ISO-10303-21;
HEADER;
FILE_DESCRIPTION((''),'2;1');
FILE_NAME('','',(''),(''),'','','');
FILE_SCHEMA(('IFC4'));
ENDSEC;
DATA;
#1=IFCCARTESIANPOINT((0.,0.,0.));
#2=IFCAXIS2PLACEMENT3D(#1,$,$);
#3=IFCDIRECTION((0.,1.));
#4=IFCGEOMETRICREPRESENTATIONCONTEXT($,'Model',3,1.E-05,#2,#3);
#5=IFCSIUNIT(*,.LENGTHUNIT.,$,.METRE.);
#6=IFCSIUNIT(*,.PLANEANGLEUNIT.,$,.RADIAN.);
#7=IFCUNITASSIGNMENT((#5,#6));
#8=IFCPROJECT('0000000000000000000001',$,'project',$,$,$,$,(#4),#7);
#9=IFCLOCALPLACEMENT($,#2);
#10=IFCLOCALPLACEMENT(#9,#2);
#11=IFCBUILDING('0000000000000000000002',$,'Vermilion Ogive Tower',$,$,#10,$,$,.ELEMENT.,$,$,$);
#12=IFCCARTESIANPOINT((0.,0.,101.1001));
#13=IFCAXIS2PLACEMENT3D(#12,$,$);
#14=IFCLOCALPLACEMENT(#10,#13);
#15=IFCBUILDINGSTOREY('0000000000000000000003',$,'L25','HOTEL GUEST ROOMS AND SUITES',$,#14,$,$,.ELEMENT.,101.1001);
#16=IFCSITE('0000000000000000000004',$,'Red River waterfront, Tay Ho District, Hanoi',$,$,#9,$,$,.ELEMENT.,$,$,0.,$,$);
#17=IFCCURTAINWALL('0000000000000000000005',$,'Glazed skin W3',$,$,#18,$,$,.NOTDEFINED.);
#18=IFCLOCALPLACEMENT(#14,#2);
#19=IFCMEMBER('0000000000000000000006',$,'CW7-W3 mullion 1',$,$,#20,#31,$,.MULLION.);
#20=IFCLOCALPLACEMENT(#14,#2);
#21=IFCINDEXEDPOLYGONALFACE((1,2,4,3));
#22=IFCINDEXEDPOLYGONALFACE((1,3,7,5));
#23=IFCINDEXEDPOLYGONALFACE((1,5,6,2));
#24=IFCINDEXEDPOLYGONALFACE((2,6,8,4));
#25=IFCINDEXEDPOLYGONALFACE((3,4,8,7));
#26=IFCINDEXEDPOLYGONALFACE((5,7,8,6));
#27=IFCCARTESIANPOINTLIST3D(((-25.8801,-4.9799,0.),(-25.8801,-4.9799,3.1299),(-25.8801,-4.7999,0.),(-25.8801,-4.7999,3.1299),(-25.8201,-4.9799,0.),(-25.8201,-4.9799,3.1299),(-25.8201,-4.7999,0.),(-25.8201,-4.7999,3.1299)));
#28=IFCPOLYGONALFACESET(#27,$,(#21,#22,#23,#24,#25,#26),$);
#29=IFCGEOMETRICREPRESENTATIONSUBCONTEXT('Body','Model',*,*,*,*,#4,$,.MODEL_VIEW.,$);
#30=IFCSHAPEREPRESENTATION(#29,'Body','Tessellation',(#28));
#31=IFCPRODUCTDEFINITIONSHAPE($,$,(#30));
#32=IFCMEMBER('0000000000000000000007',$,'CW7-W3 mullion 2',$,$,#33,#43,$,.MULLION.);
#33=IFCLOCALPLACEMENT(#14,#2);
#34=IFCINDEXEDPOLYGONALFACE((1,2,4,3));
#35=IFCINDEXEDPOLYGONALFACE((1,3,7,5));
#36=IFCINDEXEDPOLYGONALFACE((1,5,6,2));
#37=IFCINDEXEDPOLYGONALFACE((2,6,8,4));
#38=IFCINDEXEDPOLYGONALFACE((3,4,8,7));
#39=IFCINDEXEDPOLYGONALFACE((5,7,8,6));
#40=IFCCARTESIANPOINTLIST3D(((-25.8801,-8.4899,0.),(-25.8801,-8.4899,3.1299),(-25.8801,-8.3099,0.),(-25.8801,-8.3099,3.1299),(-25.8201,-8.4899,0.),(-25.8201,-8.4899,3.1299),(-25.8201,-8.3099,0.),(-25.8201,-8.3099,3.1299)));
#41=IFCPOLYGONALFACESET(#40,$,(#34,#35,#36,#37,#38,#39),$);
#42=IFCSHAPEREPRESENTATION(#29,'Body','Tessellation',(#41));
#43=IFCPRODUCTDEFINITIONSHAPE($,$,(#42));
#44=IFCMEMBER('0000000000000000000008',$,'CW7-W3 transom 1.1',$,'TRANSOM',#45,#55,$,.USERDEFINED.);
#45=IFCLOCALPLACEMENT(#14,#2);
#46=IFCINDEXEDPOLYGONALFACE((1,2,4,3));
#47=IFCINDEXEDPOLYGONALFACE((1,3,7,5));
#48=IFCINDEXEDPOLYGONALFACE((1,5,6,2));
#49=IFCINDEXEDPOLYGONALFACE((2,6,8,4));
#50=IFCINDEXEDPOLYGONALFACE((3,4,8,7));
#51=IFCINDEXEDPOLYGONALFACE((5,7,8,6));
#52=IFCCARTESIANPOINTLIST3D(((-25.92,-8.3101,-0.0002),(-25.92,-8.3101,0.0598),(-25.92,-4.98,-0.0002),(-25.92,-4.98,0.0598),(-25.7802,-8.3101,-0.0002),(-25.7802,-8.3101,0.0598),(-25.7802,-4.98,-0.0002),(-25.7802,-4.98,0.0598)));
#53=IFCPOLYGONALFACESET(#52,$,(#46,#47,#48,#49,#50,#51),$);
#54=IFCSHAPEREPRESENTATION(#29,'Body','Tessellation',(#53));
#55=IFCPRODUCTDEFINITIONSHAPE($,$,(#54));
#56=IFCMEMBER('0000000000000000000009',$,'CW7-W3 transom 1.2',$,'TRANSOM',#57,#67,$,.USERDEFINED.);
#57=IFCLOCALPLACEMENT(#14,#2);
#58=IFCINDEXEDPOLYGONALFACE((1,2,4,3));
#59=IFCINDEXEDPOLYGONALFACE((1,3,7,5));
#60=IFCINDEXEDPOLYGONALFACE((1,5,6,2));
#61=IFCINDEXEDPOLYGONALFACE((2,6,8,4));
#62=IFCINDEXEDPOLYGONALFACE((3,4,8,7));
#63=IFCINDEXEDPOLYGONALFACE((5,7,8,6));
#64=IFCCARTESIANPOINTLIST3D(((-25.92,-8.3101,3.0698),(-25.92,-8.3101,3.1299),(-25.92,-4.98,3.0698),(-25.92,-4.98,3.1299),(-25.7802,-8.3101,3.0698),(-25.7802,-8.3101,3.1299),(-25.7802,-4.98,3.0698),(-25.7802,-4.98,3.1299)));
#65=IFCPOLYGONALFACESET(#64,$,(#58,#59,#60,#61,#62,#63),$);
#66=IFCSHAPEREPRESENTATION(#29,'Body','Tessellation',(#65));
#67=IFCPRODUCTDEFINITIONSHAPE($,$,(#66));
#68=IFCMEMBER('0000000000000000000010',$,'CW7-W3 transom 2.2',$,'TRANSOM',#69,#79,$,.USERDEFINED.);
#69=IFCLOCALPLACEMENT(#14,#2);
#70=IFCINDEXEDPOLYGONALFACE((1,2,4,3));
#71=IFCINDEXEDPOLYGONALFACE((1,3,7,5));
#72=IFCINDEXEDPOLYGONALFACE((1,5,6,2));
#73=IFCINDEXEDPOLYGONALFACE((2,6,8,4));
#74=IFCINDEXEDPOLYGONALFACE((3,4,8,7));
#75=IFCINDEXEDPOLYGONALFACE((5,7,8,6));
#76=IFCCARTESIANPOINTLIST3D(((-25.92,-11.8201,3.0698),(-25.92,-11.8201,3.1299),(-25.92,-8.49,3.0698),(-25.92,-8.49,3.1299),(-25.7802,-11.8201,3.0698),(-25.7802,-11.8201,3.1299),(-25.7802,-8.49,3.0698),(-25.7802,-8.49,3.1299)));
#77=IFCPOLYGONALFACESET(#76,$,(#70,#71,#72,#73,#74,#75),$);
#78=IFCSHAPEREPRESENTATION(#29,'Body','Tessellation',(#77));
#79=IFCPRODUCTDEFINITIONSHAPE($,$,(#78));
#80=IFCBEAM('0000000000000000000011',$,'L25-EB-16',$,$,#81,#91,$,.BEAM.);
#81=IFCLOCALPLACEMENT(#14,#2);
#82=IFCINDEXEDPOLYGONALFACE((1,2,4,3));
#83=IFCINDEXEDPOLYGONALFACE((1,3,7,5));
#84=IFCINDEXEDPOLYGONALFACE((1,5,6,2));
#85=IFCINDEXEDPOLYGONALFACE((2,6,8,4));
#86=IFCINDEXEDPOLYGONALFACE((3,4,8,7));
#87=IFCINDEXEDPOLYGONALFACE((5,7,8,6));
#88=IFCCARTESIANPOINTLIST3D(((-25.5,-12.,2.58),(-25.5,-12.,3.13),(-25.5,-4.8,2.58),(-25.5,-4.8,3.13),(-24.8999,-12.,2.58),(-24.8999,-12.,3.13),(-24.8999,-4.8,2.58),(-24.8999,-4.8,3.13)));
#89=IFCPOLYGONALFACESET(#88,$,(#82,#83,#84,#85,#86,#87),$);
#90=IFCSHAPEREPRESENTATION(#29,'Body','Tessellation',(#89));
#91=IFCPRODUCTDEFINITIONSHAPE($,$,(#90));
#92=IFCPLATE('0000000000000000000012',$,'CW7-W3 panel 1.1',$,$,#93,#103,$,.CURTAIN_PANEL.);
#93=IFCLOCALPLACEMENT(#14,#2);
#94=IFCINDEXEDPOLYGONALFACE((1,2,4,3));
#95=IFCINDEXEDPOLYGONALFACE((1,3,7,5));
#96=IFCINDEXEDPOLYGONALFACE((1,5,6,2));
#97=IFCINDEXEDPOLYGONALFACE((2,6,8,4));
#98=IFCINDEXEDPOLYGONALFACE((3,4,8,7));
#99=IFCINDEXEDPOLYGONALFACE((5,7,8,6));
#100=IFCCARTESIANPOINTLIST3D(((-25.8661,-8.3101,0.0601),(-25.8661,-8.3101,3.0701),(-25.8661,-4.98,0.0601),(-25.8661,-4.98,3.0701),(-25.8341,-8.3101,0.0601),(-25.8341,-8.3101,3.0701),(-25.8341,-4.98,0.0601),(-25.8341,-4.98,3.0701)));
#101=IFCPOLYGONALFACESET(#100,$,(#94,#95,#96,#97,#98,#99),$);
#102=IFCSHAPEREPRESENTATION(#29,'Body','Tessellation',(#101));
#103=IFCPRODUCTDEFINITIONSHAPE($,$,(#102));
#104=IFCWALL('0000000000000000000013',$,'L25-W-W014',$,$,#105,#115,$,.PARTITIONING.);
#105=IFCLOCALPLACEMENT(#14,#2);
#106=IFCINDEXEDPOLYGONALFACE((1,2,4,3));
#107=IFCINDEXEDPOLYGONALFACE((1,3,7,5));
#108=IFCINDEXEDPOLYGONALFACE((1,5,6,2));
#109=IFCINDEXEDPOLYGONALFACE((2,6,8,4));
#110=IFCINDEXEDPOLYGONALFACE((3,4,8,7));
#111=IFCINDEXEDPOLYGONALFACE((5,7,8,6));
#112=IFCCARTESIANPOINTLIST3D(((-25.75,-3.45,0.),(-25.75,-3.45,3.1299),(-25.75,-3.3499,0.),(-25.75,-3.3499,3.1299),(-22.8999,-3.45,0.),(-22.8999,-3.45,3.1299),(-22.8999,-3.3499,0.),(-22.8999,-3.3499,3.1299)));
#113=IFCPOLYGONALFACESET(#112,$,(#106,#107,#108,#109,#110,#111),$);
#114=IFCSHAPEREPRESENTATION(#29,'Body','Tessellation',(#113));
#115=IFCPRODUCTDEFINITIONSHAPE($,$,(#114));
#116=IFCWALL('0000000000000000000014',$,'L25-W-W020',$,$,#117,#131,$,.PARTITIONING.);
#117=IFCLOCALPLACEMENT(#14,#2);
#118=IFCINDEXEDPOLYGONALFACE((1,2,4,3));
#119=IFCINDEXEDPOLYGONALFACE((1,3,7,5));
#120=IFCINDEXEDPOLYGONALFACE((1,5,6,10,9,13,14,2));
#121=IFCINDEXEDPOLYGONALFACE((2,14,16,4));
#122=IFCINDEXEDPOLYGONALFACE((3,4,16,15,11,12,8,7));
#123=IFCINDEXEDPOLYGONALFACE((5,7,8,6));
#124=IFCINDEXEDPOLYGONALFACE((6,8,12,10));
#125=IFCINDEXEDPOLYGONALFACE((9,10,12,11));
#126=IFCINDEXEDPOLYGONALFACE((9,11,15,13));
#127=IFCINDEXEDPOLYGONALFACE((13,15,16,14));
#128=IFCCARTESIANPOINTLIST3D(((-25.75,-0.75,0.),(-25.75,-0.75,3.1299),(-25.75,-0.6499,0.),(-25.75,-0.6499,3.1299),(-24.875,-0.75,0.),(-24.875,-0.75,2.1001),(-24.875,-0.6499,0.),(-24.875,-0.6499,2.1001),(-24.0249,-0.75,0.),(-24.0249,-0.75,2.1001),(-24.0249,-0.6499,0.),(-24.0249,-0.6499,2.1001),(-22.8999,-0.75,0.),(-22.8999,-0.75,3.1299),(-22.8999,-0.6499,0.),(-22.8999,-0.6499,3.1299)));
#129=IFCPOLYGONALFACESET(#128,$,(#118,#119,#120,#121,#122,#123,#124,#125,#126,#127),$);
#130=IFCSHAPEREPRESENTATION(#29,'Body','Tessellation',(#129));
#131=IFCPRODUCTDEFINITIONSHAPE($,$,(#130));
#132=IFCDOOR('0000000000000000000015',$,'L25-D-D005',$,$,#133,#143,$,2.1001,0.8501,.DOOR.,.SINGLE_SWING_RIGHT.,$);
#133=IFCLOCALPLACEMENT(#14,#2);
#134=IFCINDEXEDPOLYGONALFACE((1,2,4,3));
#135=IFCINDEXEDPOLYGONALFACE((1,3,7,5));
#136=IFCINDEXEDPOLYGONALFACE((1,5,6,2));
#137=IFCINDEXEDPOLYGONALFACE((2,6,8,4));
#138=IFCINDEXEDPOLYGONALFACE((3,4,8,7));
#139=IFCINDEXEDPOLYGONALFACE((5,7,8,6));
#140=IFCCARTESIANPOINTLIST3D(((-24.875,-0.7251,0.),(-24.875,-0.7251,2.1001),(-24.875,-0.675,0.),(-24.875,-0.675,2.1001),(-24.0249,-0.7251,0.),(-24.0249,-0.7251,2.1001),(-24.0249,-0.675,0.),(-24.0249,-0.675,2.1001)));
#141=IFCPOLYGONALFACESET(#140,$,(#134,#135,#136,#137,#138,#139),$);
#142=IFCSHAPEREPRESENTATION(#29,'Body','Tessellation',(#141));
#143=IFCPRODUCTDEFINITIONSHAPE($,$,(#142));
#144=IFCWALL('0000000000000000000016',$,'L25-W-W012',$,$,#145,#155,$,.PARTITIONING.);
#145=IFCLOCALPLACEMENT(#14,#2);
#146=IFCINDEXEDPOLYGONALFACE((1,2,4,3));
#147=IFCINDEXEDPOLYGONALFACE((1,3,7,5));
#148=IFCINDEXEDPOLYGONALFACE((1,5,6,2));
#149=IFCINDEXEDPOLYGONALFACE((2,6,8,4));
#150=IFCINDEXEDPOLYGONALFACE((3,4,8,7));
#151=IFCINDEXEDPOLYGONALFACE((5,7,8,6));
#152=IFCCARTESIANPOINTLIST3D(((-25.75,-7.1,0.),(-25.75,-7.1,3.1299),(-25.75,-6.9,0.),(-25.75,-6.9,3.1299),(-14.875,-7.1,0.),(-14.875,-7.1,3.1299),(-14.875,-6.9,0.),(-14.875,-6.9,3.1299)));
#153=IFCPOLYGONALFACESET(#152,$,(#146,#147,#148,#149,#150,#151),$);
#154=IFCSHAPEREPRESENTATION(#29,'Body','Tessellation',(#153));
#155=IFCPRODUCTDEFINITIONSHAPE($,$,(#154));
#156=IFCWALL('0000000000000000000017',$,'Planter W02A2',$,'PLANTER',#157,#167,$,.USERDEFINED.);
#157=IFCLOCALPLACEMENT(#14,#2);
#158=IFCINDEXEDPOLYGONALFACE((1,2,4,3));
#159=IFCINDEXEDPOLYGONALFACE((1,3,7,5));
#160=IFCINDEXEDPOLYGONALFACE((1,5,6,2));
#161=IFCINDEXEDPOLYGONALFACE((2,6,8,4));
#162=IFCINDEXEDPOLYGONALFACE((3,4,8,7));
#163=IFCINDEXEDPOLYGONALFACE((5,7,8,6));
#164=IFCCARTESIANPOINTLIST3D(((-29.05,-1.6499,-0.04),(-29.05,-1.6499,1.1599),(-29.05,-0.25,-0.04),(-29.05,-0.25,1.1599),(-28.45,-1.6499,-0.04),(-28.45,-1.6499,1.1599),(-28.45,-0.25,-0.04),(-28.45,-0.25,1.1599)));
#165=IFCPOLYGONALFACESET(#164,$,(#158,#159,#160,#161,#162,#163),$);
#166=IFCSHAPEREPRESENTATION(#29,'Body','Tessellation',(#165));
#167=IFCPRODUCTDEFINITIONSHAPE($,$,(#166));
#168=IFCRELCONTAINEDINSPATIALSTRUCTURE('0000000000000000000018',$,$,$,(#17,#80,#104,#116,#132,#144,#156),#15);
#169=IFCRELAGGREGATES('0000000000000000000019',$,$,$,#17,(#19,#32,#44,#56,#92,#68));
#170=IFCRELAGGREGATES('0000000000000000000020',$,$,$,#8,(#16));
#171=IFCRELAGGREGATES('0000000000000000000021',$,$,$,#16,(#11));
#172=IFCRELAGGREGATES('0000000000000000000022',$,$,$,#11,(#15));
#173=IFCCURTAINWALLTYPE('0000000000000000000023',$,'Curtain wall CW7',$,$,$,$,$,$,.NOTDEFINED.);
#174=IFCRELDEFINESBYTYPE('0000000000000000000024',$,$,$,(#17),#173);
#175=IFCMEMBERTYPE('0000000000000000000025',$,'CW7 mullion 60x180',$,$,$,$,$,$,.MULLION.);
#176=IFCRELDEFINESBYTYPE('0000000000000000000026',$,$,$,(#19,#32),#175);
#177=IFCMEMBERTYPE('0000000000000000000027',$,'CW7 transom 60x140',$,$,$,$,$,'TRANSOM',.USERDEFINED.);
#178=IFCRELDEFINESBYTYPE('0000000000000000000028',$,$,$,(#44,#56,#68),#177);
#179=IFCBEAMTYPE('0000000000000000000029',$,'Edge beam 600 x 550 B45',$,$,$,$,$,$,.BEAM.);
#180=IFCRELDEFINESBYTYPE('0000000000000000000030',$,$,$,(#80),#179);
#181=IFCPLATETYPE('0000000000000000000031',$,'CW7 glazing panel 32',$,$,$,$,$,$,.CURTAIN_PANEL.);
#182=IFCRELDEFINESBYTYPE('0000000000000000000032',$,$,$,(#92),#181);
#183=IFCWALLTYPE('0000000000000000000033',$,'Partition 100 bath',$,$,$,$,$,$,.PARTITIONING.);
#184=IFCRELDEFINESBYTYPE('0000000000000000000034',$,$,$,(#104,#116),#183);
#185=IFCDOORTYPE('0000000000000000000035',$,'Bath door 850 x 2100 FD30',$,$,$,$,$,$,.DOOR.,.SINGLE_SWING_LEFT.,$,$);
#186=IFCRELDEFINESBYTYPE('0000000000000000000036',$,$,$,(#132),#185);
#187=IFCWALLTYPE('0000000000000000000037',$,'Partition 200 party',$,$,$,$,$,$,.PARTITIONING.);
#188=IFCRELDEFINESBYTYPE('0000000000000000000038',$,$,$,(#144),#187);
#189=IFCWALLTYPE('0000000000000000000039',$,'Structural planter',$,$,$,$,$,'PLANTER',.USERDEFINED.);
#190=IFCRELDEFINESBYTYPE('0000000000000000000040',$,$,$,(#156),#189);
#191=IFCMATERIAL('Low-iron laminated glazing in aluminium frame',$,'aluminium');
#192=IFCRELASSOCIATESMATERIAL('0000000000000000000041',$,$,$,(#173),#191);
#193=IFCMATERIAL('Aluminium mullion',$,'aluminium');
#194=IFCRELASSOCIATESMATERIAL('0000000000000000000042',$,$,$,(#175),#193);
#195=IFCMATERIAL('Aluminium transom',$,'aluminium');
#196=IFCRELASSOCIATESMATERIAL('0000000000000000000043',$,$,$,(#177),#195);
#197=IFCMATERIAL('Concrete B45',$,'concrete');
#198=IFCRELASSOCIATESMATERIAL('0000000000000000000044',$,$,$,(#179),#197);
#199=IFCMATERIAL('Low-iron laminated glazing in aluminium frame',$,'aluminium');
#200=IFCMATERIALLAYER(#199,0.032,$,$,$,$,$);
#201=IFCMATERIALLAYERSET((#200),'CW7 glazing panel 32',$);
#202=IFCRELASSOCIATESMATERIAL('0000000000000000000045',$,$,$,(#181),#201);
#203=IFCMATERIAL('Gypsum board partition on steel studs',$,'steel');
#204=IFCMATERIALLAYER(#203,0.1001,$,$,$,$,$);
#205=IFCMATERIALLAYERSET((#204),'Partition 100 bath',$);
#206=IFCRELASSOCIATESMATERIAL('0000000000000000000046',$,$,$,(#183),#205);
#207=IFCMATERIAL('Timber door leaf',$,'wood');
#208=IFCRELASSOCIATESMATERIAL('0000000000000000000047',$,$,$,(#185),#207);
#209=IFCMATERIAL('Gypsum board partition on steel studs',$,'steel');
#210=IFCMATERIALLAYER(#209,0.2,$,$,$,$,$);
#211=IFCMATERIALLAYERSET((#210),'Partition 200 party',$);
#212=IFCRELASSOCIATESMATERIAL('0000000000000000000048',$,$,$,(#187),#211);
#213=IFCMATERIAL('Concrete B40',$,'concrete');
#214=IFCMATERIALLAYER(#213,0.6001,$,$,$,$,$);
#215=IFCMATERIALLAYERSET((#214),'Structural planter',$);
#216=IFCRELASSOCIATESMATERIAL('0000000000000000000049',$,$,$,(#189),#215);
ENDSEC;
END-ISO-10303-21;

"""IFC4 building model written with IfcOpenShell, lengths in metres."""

from ifc_helpers import new_model, si_unit, direction, frame, frame_2d, origin, origin_2d, place, context, subcontext, project, spatial, rectangle, extrude, material, layer, layer_set, material_profile, profile_set, type_object, element, fill, aggregate, save


model = new_model("IFC4")

# Units and contexts
model_context = context("Model", 3, precision=1e-05, world=origin(), true_north=direction((0.0, 1.0)))
body_context = subcontext(model_context, "Body", "Model", "MODEL_VIEW")
ifc_project = project(units=[si_unit("LENGTHUNIT", "METRE"), si_unit("PLANEANGLEUNIT", "RADIAN")], contexts=[model_context])

# Site, building, storey
site_placement = place(None, origin())
site = spatial("IfcSite", under=ifc_project, at=site_placement, Name="Red River waterfront, Tay Ho District, Hanoi", CompositionType="ELEMENT", RefElevation=0.0)
building_placement = place(site_placement, origin())
building = spatial("IfcBuilding", under=site, at=building_placement, Name="Vermilion Ogive Tower", CompositionType="ELEMENT")
storey_placement = place(building_placement, frame((0.0, 0.0, 101.1001)))
storey = spatial("IfcBuildingStorey", under=building, at=storey_placement, Name="L25", Description="HOTEL GUEST ROOMS AND SUITES", CompositionType="ELEMENT", Elevation=101.1001)

# Curtain wall, members
ifc_material_1 = material(Name="Low-iron laminated glazing in aluminium frame", Category="aluminium")
curtain_wall_type = type_object("IfcCurtainWallType", Name="Curtain wall CW7", PredefinedType="NOTDEFINED", material=ifc_material_1)
curtain_wall_placement = place(storey_placement, origin())
curtain_wall = element("IfcCurtainWall", 1, at=curtain_wall_placement, inside=storey, type_object=curtain_wall_type, Name="Glazed skin W3", PredefinedType="NOTDEFINED")
ifc_material_2 = material(Name="Aluminium mullion", Category="aluminium")
ifc_material_profile_1 = material_profile(ifc_material_2, rectangle(XDim=0.0601, YDim=0.1799, at=origin_2d()), Name="AL 60x180")
ifc_profile_set_1 = profile_set([ifc_material_profile_1], Name="Aluminium mullion")
member_type_1 = type_object("IfcMemberType", Name="CW7 mullion 60x180", PredefinedType="MULLION", material=ifc_profile_set_1)
member_1_placement = place(storey_placement, frame((-25.8501, -4.8899, 0.0), z_axis=(0.0, 0.0, 1.0), x_axis=(1.0, 0.0, 0.0)))
member_1 = element("IfcMember", 2, at=member_1_placement, type_object=member_type_1, Name="CW7-W3 mullion 1", PredefinedType="MULLION", context=body_context, shape_type="SweptSolid", body=[
    extrude(rectangle(XDim=0.0601, YDim=0.1799, at=origin_2d()), origin(), (0.0, 0.0, 1.0), 3.1299),
])
member_2_placement = place(storey_placement, frame((-25.8501, -8.3999, 0.0), z_axis=(0.0, 0.0, 1.0), x_axis=(1.0, 0.0, 0.0)))
member_2 = element("IfcMember", 3, at=member_2_placement, type_object=member_type_1, Name="CW7-W3 mullion 2", PredefinedType="MULLION", context=body_context, shape_type="SweptSolid", body=[
    extrude(rectangle(XDim=0.0601, YDim=0.1799, at=origin_2d()), origin(), (0.0, 0.0, 1.0), 3.1299),
])
ifc_material_3 = material(Name="Aluminium transom", Category="aluminium")
ifc_material_profile_2 = material_profile(ifc_material_3, rectangle(XDim=0.1399, YDim=0.0601, at=origin_2d()), Name="AL 60x140")
ifc_profile_set_2 = profile_set([ifc_material_profile_2], Name="Aluminium transom")
member_type_2 = type_object("IfcMemberType", Name="CW7 transom 60x140", ElementType="TRANSOM", PredefinedType="USERDEFINED", material=ifc_profile_set_2)
member_3_placement = place(storey_placement, frame((-25.8501, -4.98, 0.0298), z_axis=(0.0, -1.0, 0.0), x_axis=(1.0, 0.0, 0.0)))
member_3 = element("IfcMember", 4, at=member_3_placement, type_object=member_type_2, Name="CW7-W3 transom 1.1", ObjectType="TRANSOM", PredefinedType="USERDEFINED", context=body_context, shape_type="SweptSolid", body=[
    extrude(rectangle(XDim=0.1399, YDim=0.0601, at=origin_2d()), origin(), (0.0, 0.0, 1.0), 3.3301),
])
member_4_placement = place(storey_placement, frame((-25.8501, -4.98, 3.0999), z_axis=(0.0, -1.0, 0.0), x_axis=(1.0, 0.0, 0.0)))
member_4 = element("IfcMember", 5, at=member_4_placement, type_object=member_type_2, Name="CW7-W3 transom 1.2", ObjectType="TRANSOM", PredefinedType="USERDEFINED", context=body_context, shape_type="SweptSolid", body=[
    extrude(rectangle(XDim=0.1399, YDim=0.0601, at=origin_2d()), origin(), (0.0, 0.0, 1.0), 3.3301),
])
member_5_placement = place(storey_placement, frame((-25.8501, -8.49, 3.0999), z_axis=(0.0, -1.0, 0.0), x_axis=(1.0, 0.0, 0.0)))
member_5 = element("IfcMember", 6, at=member_5_placement, type_object=member_type_2, Name="CW7-W3 transom 2.2", ObjectType="TRANSOM", PredefinedType="USERDEFINED", context=body_context, shape_type="SweptSolid", body=[
    extrude(rectangle(XDim=0.1399, YDim=0.0601, at=origin_2d()), origin(), (0.0, 0.0, 1.0), 3.3301),
])

# Beam
ifc_material_4 = material(Name="Concrete B45", Category="concrete")
ifc_material_profile_3 = material_profile(ifc_material_4, rectangle(XDim=0.6001, YDim=0.55, at=origin_2d()), Name="600 x 550")
ifc_profile_set_3 = profile_set([ifc_material_profile_3], Name="Concrete B45")
beam_type = type_object("IfcBeamType", Name="Edge beam 600 x 550 B45", PredefinedType="BEAM", material=ifc_profile_set_3)
beam_placement = place(storey_placement, frame((-25.2, -4.8, 2.855), z_axis=(0.0, -1.0, 0.0), x_axis=(1.0, 0.0, 0.0)))
element("IfcBeam", 7, at=beam_placement, inside=storey, type_object=beam_type, Name="L25-EB-16", PredefinedType="BEAM", context=body_context, shape_type="SweptSolid", body=[
    extrude(rectangle(XDim=0.6001, YDim=0.55, at=origin_2d()), origin(), (0.0, 0.0, 1.0), 7.2),
])

# Plate
ifc_material_5 = material(Name="Low-iron laminated glazing in aluminium frame", Category="aluminium")
ifc_layer_1 = layer(ifc_material_5, 0.032)
ifc_layer_set_1 = layer_set([ifc_layer_1], Name="CW7 glazing panel 32")
plate_type = type_object("IfcPlateType", Name="CW7 glazing panel 32", PredefinedType="CURTAIN_PANEL", material=ifc_layer_set_1)
plate_placement = place(storey_placement, frame((-25.8501, -6.645, 0.0601), z_axis=(0.0, 0.0, 1.0), x_axis=(0.0, -1.0, 0.0)))
plate = element("IfcPlate", 8, at=plate_placement, type_object=plate_type, Name="CW7-W3 panel 1.1", PredefinedType="CURTAIN_PANEL", context=body_context, shape_type="SweptSolid", body=[
    extrude(rectangle(XDim=3.3301, YDim=0.032, at=origin_2d()), origin(), (0.0, 0.0, 1.0), 3.01),
])
aggregate(curtain_wall, [member_1, member_2, member_3, member_4, plate, member_5])

# Wall
ifc_material_6 = material(Name="Gypsum board partition on steel studs", Category="steel")
ifc_layer_2 = layer(ifc_material_6, 0.1001)
ifc_layer_set_2 = layer_set([ifc_layer_2], Name="Partition 100 bath")
wall_type_1 = type_object("IfcWallType", Name="Partition 100 bath", PredefinedType="PARTITIONING", material=ifc_layer_set_2)
wall_1_placement = place(storey_placement, frame((-25.75, -3.3999, 0.0), z_axis=(0.0, 0.0, 1.0), x_axis=(1.0, 0.0, 0.0)))
element("IfcWall", 9, at=wall_1_placement, inside=storey, type_object=wall_type_1, Name="L25-W-W014", PredefinedType="PARTITIONING", context=body_context, shape_type="SweptSolid", body=[
    extrude(rectangle(XDim=2.8501, YDim=0.1001, at=frame_2d((1.425, 0.0))), origin(), (0.0, 0.0, 1.0), 3.1299),
])

# Wall, opening, door
wall_2_placement = place(storey_placement, frame((-25.75, -0.7, 0.0), z_axis=(0.0, 0.0, 1.0), x_axis=(1.0, 0.0, 0.0)))
wall_2 = element("IfcWall", 10, at=wall_2_placement, inside=storey, type_object=wall_type_1, Name="L25-W-W020", PredefinedType="PARTITIONING", context=body_context, shape_type="SweptSolid", body=[
    extrude(rectangle(XDim=2.8501, YDim=0.1001, at=frame_2d((1.425, 0.0))), origin(), (0.0, 0.0, 1.0), 3.1299),
])
opening_placement = place(wall_2_placement, frame((0.875, 0.0, 0.0)))
opening = element("IfcOpeningElement", 11, at=opening_placement, cuts=wall_2, PredefinedType="OPENING", context=body_context, shape_type="SweptSolid", body=[
    extrude(rectangle(XDim=0.8501, YDim=2.1001, at=frame_2d((0.425, 1.05))), frame((0.0, 0.0601, 0.0), z_axis=(0.0, -1.0, 0.0), x_axis=(1.0, 0.0, 0.0)), (0.0, 0.0, 1.0), 0.1201),
])
ifc_material_7 = material(Name="Timber door leaf", Category="wood")
door_type = type_object("IfcDoorType", Name="Bath door 850 x 2100 FD30", OperationType="SINGLE_SWING_LEFT", PredefinedType="DOOR", material=ifc_material_7)
door_placement = place(opening_placement, origin())
door = element("IfcDoor", 12, at=door_placement, inside=storey, type_object=door_type, Name="L25-D-D005", OperationType="SINGLE_SWING_RIGHT", OverallHeight=2.1001, OverallWidth=0.8501, PredefinedType="DOOR", context=body_context, shape_type="SweptSolid", body=[
    extrude(rectangle(XDim=0.8501, YDim=2.1001, at=frame_2d((0.425, 1.05))), frame((0.0, 0.0249, 0.0), z_axis=(0.0, -1.0, 0.0), x_axis=(1.0, 0.0, 0.0)), (0.0, 0.0, 1.0), 0.05),
])
fill(opening, door)

# Walls
ifc_material_8 = material(Name="Gypsum board partition on steel studs", Category="steel")
ifc_layer_3 = layer(ifc_material_8, 0.2)
ifc_layer_set_3 = layer_set([ifc_layer_3], Name="Partition 200 party")
wall_type_2 = type_object("IfcWallType", Name="Partition 200 party", PredefinedType="PARTITIONING", material=ifc_layer_set_3)
wall_3_placement = place(storey_placement, frame((-25.75, -7.0, 0.0), z_axis=(0.0, 0.0, 1.0), x_axis=(1.0, 0.0, 0.0)))
element("IfcWall", 13, at=wall_3_placement, inside=storey, type_object=wall_type_2, Name="L25-W-W012", PredefinedType="PARTITIONING", context=body_context, shape_type="SweptSolid", body=[
    extrude(rectangle(XDim=10.875, YDim=0.2, at=frame_2d((5.4375, 0.0))), origin(), (0.0, 0.0, 1.0), 3.1299),
])
ifc_material_9 = material(Name="Concrete B40", Category="concrete")
ifc_layer_4 = layer(ifc_material_9, 0.6001)
ifc_layer_set_4 = layer_set([ifc_layer_4], Name="Structural planter")
wall_type_3 = type_object("IfcWallType", Name="Structural planter", ElementType="PLANTER", PredefinedType="USERDEFINED", material=ifc_layer_set_4)
wall_4_placement = place(storey_placement, frame((-28.75, -0.25, -0.04), z_axis=(0.0, 0.0, 1.0), x_axis=(0.0, -1.0, 0.0)))
element("IfcWall", 14, at=wall_4_placement, inside=storey, type_object=wall_type_3, Name="Planter W02A2", ObjectType="PLANTER", PredefinedType="USERDEFINED", context=body_context, shape_type="SweptSolid", body=[
    extrude(rectangle(XDim=1.3999, YDim=0.6001, at=frame_2d((0.7, 0.0))), origin(), (0.0, 0.0, 1.0), 1.2),
])

save(model, "model.ifc")
